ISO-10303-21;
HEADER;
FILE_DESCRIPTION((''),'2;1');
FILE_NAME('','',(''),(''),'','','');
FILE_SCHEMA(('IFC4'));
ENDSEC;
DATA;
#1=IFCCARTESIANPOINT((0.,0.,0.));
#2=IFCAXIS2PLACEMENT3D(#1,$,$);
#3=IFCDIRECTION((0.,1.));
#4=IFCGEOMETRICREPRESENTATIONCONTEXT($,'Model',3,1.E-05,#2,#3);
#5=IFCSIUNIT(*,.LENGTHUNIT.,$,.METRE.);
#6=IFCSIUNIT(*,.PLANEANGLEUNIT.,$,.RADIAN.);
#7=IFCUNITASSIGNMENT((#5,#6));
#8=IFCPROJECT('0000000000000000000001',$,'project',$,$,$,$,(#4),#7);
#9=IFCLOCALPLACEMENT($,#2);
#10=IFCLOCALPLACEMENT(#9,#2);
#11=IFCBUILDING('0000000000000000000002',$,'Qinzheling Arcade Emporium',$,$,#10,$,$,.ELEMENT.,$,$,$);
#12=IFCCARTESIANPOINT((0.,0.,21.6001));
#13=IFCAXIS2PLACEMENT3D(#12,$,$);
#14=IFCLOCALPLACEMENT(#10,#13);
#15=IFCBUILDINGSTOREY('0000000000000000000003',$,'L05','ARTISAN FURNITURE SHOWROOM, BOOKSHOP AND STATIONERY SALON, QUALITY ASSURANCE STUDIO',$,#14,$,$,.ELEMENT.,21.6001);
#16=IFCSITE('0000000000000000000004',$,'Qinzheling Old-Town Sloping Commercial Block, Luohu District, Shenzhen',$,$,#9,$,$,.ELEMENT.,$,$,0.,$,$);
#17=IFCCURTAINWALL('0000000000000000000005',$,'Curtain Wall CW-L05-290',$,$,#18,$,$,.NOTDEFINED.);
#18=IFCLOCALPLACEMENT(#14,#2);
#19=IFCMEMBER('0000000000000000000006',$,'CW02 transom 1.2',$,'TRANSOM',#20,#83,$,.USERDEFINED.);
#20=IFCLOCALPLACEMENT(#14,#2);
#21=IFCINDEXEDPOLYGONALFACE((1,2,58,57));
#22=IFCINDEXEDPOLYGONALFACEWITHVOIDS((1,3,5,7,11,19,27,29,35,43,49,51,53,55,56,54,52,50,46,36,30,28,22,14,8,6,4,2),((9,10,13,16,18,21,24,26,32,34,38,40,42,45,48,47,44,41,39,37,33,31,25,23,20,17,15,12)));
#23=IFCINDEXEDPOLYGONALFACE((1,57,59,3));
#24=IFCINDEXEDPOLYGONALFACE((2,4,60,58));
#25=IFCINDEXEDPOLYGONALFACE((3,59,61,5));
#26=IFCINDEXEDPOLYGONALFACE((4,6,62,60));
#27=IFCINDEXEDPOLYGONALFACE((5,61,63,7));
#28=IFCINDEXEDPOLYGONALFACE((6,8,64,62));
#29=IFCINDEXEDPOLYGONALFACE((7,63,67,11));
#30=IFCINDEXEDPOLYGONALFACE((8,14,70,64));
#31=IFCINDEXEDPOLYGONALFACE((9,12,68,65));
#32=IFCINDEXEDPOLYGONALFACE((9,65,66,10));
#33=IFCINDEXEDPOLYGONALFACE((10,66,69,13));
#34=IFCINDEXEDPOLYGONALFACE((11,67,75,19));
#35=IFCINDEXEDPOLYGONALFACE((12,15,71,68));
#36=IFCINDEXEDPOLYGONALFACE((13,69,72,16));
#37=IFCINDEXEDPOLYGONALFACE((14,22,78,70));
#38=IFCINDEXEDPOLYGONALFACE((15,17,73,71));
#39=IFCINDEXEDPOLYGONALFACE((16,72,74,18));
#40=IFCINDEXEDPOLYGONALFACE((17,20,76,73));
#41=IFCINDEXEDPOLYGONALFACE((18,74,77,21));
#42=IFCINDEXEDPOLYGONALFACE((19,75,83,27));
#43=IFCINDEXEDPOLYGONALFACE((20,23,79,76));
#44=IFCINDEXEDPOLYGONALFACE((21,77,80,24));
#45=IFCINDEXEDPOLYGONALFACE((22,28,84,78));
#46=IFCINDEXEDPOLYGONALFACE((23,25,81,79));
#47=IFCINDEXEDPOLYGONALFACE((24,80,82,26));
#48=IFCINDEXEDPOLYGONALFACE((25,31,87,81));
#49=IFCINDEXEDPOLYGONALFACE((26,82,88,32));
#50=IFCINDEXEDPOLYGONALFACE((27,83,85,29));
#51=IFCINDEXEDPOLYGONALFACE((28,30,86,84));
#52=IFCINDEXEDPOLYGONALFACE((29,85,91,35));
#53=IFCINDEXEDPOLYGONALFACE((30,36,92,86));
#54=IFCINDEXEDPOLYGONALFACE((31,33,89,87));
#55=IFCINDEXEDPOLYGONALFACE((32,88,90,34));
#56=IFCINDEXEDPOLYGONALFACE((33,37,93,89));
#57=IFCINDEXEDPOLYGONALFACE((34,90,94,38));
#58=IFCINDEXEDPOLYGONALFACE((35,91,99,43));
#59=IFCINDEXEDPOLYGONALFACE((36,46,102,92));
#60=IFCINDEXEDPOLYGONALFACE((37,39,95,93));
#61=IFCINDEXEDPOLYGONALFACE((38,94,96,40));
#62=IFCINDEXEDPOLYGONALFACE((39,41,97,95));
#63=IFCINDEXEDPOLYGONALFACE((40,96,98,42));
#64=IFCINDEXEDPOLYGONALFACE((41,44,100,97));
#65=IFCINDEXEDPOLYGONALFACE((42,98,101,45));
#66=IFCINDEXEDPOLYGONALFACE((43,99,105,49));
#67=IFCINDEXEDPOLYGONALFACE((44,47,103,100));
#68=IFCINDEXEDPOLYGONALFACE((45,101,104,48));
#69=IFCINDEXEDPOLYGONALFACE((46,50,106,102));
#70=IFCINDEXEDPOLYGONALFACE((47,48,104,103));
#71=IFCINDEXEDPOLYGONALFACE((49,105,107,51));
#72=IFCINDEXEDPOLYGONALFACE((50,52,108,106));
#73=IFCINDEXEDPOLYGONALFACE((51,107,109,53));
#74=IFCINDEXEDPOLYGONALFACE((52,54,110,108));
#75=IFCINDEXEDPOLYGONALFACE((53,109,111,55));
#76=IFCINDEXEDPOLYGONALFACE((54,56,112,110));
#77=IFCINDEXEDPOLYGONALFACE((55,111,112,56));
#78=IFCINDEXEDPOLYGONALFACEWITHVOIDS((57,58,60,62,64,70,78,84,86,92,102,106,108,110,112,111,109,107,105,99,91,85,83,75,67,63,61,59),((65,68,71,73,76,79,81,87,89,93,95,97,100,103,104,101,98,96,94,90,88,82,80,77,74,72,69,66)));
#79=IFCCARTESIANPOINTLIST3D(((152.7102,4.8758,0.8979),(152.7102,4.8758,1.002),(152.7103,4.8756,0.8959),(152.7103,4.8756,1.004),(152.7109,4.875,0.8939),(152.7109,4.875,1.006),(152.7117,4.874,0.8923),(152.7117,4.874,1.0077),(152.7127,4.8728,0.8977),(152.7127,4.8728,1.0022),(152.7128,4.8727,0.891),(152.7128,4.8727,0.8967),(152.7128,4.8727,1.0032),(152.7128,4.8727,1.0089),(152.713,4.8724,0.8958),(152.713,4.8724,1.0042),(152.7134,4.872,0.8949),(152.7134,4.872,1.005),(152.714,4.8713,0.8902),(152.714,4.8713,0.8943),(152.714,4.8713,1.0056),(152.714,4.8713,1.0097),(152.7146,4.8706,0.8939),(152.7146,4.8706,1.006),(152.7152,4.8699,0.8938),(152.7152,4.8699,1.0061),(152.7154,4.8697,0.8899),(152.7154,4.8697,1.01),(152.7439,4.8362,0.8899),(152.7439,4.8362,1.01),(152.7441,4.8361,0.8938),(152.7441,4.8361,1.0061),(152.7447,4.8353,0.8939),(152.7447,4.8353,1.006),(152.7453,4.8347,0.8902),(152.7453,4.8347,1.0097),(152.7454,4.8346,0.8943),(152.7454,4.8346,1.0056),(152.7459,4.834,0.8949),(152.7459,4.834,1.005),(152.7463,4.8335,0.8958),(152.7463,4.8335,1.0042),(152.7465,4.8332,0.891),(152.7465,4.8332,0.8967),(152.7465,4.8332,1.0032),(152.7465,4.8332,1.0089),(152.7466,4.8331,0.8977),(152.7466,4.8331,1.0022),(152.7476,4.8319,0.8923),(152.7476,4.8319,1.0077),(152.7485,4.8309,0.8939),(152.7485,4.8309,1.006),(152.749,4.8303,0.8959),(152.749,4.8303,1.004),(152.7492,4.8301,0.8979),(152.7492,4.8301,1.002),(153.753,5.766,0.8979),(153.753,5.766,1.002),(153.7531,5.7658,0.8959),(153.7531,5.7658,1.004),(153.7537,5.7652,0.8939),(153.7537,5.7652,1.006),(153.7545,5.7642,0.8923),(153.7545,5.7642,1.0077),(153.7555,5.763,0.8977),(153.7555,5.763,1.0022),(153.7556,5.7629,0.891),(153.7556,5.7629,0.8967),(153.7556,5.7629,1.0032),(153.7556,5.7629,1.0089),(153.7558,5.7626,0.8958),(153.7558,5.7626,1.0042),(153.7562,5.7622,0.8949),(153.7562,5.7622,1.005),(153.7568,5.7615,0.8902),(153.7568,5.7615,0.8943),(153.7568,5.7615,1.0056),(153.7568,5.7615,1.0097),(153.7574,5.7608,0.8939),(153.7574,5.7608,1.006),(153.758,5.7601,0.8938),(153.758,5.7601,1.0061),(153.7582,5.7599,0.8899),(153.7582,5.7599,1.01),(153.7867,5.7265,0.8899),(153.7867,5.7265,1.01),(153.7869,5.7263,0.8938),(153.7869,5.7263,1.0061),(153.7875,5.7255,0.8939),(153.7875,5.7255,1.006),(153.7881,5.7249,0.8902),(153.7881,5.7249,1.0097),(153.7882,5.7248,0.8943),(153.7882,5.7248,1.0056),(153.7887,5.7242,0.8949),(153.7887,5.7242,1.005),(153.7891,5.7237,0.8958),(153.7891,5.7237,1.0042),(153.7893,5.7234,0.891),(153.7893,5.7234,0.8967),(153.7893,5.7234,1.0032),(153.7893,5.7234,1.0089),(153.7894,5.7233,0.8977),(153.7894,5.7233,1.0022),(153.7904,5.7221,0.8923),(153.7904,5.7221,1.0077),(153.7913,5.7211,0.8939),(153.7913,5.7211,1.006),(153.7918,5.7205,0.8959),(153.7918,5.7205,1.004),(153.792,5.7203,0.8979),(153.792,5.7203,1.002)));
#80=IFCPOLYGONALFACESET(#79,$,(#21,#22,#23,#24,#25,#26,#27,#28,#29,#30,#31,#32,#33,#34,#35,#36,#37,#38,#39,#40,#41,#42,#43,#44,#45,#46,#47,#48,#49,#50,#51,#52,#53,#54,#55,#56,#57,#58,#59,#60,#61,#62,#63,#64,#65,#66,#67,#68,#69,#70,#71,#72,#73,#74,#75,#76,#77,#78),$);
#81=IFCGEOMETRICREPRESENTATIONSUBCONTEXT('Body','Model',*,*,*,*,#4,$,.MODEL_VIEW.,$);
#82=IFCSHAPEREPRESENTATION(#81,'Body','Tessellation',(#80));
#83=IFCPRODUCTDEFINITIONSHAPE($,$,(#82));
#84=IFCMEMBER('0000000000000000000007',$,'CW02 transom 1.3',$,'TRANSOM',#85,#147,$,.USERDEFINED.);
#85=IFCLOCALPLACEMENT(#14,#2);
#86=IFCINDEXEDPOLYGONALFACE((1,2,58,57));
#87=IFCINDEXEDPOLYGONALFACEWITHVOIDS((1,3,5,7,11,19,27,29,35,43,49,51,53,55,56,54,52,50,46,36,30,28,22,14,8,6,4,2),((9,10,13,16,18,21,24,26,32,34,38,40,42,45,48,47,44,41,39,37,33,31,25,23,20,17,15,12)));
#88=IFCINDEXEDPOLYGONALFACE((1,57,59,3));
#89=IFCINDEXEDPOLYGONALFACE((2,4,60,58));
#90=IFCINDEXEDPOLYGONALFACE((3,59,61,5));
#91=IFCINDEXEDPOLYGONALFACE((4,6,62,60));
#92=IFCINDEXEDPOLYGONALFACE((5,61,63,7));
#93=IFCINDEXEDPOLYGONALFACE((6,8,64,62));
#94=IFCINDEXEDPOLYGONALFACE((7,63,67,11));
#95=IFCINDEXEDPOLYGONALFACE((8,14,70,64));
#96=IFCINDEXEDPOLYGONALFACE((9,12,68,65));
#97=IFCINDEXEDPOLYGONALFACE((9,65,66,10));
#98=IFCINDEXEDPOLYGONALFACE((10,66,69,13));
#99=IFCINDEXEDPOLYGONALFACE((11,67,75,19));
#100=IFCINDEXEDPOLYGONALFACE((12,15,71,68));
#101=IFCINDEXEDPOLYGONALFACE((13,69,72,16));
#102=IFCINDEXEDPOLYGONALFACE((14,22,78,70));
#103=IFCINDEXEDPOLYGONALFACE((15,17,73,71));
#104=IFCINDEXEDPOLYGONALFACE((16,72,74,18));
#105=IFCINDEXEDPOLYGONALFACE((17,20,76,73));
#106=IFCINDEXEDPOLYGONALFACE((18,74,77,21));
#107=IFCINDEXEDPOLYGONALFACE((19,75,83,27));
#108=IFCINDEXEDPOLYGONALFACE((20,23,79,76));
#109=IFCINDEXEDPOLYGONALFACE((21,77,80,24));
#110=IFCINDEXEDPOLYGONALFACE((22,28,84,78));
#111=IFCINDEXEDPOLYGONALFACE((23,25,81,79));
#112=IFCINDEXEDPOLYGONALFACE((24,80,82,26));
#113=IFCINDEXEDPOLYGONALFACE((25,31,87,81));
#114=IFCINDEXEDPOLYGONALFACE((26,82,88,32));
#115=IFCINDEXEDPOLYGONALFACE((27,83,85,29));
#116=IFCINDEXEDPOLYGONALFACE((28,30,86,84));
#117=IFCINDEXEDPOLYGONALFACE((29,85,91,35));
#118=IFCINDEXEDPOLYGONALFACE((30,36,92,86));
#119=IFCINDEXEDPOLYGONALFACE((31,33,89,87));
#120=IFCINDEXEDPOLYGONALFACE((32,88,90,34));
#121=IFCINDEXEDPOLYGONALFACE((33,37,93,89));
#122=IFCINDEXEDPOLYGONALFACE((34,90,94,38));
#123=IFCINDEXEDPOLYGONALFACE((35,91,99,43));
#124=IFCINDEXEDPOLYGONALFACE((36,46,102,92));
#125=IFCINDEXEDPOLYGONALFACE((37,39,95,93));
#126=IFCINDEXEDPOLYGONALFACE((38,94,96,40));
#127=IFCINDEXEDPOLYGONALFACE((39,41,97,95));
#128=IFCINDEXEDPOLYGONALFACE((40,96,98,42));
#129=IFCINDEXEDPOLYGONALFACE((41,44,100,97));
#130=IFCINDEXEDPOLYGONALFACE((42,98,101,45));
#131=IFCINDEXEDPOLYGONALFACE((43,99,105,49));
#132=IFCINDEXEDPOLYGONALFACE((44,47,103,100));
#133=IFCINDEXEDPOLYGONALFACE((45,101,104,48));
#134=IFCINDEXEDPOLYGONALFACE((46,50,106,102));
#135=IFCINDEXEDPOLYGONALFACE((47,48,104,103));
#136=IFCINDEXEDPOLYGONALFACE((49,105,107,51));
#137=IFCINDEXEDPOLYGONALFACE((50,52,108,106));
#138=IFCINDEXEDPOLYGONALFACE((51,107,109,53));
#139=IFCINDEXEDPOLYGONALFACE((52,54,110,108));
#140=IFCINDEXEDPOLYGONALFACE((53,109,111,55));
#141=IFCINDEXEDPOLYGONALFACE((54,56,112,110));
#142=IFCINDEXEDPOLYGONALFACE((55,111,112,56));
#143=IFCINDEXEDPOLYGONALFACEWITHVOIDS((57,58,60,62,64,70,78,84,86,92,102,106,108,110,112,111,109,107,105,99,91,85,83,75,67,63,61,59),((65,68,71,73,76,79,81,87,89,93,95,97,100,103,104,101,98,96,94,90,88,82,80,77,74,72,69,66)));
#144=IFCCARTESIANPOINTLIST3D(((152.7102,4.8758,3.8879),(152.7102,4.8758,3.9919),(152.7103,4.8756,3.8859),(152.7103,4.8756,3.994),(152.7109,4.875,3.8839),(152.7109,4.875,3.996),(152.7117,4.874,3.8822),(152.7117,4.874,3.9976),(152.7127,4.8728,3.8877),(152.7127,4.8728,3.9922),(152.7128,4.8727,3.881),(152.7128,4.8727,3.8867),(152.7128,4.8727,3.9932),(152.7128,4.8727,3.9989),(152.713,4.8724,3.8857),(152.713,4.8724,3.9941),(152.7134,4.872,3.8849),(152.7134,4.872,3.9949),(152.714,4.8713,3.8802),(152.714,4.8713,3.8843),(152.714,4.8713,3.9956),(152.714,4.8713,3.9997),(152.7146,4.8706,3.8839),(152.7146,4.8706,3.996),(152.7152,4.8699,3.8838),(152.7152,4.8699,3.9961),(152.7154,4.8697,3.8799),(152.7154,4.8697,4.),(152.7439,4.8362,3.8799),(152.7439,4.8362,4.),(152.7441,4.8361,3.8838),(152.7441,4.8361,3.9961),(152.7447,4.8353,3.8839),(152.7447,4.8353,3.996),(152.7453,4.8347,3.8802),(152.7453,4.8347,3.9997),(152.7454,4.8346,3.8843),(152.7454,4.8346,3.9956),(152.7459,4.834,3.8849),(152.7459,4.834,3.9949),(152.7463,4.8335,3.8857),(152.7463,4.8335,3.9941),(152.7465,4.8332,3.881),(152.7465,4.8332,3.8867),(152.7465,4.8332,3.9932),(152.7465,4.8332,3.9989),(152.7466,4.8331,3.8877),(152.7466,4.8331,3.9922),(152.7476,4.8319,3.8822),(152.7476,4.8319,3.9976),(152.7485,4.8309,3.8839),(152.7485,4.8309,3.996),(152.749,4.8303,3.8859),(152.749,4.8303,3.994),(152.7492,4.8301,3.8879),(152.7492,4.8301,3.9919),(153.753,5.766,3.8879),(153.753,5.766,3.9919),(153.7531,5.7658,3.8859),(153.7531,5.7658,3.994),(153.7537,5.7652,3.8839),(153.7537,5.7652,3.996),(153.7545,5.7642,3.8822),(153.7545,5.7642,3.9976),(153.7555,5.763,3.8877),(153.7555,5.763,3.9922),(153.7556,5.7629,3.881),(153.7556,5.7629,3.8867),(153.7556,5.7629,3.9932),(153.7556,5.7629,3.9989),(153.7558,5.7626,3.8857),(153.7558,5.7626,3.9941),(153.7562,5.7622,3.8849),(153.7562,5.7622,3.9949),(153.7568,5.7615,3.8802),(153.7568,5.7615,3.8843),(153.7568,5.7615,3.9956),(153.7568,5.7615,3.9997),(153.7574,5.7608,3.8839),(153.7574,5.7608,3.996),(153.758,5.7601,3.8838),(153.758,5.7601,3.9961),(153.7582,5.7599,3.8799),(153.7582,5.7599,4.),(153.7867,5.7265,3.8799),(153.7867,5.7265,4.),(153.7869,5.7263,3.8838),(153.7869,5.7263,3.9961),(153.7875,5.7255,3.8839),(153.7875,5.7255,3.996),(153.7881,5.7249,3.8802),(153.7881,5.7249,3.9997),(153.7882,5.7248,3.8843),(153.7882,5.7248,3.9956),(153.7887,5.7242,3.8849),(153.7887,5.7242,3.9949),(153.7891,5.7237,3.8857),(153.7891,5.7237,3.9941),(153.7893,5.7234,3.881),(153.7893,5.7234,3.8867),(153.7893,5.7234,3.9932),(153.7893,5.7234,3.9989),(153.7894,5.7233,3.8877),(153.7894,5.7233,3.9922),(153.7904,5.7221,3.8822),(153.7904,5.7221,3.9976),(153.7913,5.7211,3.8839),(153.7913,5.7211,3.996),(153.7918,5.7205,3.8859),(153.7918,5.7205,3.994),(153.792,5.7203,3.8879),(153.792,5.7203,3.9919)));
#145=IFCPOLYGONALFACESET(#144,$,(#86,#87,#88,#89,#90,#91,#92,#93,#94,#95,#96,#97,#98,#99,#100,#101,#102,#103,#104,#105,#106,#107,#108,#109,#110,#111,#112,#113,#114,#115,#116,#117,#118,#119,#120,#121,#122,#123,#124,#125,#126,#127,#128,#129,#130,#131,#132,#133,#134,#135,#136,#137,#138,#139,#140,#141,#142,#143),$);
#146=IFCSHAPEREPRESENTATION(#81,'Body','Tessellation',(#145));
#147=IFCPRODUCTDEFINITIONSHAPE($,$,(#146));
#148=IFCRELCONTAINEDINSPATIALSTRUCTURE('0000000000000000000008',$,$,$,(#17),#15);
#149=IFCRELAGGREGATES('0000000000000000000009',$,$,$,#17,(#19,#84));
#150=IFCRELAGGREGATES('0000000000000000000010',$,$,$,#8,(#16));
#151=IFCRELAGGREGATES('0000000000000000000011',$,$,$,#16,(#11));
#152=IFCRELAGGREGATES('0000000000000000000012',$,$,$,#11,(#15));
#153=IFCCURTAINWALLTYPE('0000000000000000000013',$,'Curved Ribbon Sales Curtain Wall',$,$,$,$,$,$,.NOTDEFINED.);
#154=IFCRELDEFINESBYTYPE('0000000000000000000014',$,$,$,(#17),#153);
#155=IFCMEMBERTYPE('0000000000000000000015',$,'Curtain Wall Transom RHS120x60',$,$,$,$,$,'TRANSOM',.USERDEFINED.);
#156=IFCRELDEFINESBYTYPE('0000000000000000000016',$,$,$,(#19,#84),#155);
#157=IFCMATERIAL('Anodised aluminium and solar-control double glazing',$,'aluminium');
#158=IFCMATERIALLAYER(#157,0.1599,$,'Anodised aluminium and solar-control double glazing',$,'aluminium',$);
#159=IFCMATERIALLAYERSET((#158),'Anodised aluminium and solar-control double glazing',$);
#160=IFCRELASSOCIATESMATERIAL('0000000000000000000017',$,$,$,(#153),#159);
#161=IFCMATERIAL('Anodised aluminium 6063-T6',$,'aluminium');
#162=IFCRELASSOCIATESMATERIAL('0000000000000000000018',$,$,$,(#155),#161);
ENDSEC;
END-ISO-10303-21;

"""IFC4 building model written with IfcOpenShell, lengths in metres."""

from ifc_helpers import new_model, si_unit, direction, frame, origin, origin_2d, place, context, subcontext, project, spatial, hollow_rectangle, extrude, material, layer, layer_set, material_profile, profile_set, type_object, element, aggregate, save


model = new_model("IFC4")

# Units and contexts
model_context = context("Model", 3, precision=1e-05, world=origin(), true_north=direction((0.0, 1.0)))
body_context = subcontext(model_context, "Body", "Model", "MODEL_VIEW")
ifc_project = project(units=[si_unit("LENGTHUNIT", "METRE"), si_unit("PLANEANGLEUNIT", "RADIAN")], contexts=[model_context])

# Site, building, storey
site_placement = place(None, origin())
site = spatial("IfcSite", under=ifc_project, at=site_placement, Name="Qinzheling Old-Town Sloping Commercial Block, Luohu District, Shenzhen", CompositionType="ELEMENT", RefElevation=0.0)
building_placement = place(site_placement, origin())
building = spatial("IfcBuilding", under=site, at=building_placement, Name="Qinzheling Arcade Emporium", CompositionType="ELEMENT")
storey_placement = place(building_placement, frame((0.0, 0.0, 21.6001)))
storey = spatial("IfcBuildingStorey", under=building, at=storey_placement, Name="L05", Description="ARTISAN FURNITURE SHOWROOM, BOOKSHOP AND STATIONERY SALON, QUALITY ASSURANCE STUDIO", CompositionType="ELEMENT", Elevation=21.6001)

# Shared definitions
ifc_material_1 = material(Name="Anodised aluminium and solar-control double glazing", Category="aluminium")
ifc_layer_1 = layer(ifc_material_1, 0.1599, Name="Anodised aluminium and solar-control double glazing", Category="aluminium")
ifc_layer_set_1 = layer_set([ifc_layer_1], Name="Anodised aluminium and solar-control double glazing")
curtain_wall_type = type_object("IfcCurtainWallType", Name="Curved Ribbon Sales Curtain Wall", PredefinedType="NOTDEFINED", material=ifc_layer_set_1)
ifc_material_2 = material(Name="Anodised aluminium 6063-T6", Category="aluminium")

# Curtain wall
curtain_wall_1_placement = place(storey_placement, origin())
curtain_wall_1 = element("IfcCurtainWall", 1, at=curtain_wall_1_placement, inside=storey, type_object=curtain_wall_type, Name="Curtain Wall CW-L05-290", PredefinedType="NOTDEFINED")

# Members
ifc_material_profile_1 = material_profile(ifc_material_2, hollow_rectangle(XDim=0.0601, YDim=0.1201, WallThickness=0.0039, InnerFilletRadius=0.0039, OuterFilletRadius=0.0081, at=origin_2d()), Name="RHS 120x60x4", Category="aluminium")
ifc_profile_set_1 = profile_set([ifc_material_profile_1], Name="Anodised aluminium 6063-T6")
member_type_1 = type_object("IfcMemberType", Name="Curtain Wall Transom RHS120x60", ElementType="TRANSOM", PredefinedType="USERDEFINED", material=ifc_profile_set_1)
member_1_placement = place(storey_placement, frame((153.7725, 5.7432, 0.95), z_axis=(-0.760562, -0.649265, 0.0), x_axis=(0.649265, -0.760562, 0.0)))
member_1 = element("IfcMember", 2, at=member_1_placement, type_object=member_type_1, Name="CW02 transom 1.2", ObjectType="TRANSOM", PredefinedType="USERDEFINED", context=body_context, shape_type="SweptSolid", body=[
    extrude(hollow_rectangle(XDim=0.0601, YDim=0.1201, WallThickness=0.0039, InnerFilletRadius=0.0039, OuterFilletRadius=0.0081, at=origin_2d()), origin(), (0.0, 0.0, 1.0), 1.3711),
])
member_2_placement = place(storey_placement, frame((153.7725, 5.7432, 3.9399), z_axis=(-0.760562, -0.649265, 0.0), x_axis=(0.649265, -0.760562, 0.0)))
member_2 = element("IfcMember", 3, at=member_2_placement, type_object=member_type_1, Name="CW02 transom 1.3", ObjectType="TRANSOM", PredefinedType="USERDEFINED", context=body_context, shape_type="SweptSolid", body=[
    extrude(hollow_rectangle(XDim=0.0601, YDim=0.1201, WallThickness=0.0039, InnerFilletRadius=0.0039, OuterFilletRadius=0.0081, at=origin_2d()), origin(), (0.0, 0.0, 1.0), 1.3711),
])

aggregate(curtain_wall_1, [member_1, member_2])

save(model, "model.ifc")
